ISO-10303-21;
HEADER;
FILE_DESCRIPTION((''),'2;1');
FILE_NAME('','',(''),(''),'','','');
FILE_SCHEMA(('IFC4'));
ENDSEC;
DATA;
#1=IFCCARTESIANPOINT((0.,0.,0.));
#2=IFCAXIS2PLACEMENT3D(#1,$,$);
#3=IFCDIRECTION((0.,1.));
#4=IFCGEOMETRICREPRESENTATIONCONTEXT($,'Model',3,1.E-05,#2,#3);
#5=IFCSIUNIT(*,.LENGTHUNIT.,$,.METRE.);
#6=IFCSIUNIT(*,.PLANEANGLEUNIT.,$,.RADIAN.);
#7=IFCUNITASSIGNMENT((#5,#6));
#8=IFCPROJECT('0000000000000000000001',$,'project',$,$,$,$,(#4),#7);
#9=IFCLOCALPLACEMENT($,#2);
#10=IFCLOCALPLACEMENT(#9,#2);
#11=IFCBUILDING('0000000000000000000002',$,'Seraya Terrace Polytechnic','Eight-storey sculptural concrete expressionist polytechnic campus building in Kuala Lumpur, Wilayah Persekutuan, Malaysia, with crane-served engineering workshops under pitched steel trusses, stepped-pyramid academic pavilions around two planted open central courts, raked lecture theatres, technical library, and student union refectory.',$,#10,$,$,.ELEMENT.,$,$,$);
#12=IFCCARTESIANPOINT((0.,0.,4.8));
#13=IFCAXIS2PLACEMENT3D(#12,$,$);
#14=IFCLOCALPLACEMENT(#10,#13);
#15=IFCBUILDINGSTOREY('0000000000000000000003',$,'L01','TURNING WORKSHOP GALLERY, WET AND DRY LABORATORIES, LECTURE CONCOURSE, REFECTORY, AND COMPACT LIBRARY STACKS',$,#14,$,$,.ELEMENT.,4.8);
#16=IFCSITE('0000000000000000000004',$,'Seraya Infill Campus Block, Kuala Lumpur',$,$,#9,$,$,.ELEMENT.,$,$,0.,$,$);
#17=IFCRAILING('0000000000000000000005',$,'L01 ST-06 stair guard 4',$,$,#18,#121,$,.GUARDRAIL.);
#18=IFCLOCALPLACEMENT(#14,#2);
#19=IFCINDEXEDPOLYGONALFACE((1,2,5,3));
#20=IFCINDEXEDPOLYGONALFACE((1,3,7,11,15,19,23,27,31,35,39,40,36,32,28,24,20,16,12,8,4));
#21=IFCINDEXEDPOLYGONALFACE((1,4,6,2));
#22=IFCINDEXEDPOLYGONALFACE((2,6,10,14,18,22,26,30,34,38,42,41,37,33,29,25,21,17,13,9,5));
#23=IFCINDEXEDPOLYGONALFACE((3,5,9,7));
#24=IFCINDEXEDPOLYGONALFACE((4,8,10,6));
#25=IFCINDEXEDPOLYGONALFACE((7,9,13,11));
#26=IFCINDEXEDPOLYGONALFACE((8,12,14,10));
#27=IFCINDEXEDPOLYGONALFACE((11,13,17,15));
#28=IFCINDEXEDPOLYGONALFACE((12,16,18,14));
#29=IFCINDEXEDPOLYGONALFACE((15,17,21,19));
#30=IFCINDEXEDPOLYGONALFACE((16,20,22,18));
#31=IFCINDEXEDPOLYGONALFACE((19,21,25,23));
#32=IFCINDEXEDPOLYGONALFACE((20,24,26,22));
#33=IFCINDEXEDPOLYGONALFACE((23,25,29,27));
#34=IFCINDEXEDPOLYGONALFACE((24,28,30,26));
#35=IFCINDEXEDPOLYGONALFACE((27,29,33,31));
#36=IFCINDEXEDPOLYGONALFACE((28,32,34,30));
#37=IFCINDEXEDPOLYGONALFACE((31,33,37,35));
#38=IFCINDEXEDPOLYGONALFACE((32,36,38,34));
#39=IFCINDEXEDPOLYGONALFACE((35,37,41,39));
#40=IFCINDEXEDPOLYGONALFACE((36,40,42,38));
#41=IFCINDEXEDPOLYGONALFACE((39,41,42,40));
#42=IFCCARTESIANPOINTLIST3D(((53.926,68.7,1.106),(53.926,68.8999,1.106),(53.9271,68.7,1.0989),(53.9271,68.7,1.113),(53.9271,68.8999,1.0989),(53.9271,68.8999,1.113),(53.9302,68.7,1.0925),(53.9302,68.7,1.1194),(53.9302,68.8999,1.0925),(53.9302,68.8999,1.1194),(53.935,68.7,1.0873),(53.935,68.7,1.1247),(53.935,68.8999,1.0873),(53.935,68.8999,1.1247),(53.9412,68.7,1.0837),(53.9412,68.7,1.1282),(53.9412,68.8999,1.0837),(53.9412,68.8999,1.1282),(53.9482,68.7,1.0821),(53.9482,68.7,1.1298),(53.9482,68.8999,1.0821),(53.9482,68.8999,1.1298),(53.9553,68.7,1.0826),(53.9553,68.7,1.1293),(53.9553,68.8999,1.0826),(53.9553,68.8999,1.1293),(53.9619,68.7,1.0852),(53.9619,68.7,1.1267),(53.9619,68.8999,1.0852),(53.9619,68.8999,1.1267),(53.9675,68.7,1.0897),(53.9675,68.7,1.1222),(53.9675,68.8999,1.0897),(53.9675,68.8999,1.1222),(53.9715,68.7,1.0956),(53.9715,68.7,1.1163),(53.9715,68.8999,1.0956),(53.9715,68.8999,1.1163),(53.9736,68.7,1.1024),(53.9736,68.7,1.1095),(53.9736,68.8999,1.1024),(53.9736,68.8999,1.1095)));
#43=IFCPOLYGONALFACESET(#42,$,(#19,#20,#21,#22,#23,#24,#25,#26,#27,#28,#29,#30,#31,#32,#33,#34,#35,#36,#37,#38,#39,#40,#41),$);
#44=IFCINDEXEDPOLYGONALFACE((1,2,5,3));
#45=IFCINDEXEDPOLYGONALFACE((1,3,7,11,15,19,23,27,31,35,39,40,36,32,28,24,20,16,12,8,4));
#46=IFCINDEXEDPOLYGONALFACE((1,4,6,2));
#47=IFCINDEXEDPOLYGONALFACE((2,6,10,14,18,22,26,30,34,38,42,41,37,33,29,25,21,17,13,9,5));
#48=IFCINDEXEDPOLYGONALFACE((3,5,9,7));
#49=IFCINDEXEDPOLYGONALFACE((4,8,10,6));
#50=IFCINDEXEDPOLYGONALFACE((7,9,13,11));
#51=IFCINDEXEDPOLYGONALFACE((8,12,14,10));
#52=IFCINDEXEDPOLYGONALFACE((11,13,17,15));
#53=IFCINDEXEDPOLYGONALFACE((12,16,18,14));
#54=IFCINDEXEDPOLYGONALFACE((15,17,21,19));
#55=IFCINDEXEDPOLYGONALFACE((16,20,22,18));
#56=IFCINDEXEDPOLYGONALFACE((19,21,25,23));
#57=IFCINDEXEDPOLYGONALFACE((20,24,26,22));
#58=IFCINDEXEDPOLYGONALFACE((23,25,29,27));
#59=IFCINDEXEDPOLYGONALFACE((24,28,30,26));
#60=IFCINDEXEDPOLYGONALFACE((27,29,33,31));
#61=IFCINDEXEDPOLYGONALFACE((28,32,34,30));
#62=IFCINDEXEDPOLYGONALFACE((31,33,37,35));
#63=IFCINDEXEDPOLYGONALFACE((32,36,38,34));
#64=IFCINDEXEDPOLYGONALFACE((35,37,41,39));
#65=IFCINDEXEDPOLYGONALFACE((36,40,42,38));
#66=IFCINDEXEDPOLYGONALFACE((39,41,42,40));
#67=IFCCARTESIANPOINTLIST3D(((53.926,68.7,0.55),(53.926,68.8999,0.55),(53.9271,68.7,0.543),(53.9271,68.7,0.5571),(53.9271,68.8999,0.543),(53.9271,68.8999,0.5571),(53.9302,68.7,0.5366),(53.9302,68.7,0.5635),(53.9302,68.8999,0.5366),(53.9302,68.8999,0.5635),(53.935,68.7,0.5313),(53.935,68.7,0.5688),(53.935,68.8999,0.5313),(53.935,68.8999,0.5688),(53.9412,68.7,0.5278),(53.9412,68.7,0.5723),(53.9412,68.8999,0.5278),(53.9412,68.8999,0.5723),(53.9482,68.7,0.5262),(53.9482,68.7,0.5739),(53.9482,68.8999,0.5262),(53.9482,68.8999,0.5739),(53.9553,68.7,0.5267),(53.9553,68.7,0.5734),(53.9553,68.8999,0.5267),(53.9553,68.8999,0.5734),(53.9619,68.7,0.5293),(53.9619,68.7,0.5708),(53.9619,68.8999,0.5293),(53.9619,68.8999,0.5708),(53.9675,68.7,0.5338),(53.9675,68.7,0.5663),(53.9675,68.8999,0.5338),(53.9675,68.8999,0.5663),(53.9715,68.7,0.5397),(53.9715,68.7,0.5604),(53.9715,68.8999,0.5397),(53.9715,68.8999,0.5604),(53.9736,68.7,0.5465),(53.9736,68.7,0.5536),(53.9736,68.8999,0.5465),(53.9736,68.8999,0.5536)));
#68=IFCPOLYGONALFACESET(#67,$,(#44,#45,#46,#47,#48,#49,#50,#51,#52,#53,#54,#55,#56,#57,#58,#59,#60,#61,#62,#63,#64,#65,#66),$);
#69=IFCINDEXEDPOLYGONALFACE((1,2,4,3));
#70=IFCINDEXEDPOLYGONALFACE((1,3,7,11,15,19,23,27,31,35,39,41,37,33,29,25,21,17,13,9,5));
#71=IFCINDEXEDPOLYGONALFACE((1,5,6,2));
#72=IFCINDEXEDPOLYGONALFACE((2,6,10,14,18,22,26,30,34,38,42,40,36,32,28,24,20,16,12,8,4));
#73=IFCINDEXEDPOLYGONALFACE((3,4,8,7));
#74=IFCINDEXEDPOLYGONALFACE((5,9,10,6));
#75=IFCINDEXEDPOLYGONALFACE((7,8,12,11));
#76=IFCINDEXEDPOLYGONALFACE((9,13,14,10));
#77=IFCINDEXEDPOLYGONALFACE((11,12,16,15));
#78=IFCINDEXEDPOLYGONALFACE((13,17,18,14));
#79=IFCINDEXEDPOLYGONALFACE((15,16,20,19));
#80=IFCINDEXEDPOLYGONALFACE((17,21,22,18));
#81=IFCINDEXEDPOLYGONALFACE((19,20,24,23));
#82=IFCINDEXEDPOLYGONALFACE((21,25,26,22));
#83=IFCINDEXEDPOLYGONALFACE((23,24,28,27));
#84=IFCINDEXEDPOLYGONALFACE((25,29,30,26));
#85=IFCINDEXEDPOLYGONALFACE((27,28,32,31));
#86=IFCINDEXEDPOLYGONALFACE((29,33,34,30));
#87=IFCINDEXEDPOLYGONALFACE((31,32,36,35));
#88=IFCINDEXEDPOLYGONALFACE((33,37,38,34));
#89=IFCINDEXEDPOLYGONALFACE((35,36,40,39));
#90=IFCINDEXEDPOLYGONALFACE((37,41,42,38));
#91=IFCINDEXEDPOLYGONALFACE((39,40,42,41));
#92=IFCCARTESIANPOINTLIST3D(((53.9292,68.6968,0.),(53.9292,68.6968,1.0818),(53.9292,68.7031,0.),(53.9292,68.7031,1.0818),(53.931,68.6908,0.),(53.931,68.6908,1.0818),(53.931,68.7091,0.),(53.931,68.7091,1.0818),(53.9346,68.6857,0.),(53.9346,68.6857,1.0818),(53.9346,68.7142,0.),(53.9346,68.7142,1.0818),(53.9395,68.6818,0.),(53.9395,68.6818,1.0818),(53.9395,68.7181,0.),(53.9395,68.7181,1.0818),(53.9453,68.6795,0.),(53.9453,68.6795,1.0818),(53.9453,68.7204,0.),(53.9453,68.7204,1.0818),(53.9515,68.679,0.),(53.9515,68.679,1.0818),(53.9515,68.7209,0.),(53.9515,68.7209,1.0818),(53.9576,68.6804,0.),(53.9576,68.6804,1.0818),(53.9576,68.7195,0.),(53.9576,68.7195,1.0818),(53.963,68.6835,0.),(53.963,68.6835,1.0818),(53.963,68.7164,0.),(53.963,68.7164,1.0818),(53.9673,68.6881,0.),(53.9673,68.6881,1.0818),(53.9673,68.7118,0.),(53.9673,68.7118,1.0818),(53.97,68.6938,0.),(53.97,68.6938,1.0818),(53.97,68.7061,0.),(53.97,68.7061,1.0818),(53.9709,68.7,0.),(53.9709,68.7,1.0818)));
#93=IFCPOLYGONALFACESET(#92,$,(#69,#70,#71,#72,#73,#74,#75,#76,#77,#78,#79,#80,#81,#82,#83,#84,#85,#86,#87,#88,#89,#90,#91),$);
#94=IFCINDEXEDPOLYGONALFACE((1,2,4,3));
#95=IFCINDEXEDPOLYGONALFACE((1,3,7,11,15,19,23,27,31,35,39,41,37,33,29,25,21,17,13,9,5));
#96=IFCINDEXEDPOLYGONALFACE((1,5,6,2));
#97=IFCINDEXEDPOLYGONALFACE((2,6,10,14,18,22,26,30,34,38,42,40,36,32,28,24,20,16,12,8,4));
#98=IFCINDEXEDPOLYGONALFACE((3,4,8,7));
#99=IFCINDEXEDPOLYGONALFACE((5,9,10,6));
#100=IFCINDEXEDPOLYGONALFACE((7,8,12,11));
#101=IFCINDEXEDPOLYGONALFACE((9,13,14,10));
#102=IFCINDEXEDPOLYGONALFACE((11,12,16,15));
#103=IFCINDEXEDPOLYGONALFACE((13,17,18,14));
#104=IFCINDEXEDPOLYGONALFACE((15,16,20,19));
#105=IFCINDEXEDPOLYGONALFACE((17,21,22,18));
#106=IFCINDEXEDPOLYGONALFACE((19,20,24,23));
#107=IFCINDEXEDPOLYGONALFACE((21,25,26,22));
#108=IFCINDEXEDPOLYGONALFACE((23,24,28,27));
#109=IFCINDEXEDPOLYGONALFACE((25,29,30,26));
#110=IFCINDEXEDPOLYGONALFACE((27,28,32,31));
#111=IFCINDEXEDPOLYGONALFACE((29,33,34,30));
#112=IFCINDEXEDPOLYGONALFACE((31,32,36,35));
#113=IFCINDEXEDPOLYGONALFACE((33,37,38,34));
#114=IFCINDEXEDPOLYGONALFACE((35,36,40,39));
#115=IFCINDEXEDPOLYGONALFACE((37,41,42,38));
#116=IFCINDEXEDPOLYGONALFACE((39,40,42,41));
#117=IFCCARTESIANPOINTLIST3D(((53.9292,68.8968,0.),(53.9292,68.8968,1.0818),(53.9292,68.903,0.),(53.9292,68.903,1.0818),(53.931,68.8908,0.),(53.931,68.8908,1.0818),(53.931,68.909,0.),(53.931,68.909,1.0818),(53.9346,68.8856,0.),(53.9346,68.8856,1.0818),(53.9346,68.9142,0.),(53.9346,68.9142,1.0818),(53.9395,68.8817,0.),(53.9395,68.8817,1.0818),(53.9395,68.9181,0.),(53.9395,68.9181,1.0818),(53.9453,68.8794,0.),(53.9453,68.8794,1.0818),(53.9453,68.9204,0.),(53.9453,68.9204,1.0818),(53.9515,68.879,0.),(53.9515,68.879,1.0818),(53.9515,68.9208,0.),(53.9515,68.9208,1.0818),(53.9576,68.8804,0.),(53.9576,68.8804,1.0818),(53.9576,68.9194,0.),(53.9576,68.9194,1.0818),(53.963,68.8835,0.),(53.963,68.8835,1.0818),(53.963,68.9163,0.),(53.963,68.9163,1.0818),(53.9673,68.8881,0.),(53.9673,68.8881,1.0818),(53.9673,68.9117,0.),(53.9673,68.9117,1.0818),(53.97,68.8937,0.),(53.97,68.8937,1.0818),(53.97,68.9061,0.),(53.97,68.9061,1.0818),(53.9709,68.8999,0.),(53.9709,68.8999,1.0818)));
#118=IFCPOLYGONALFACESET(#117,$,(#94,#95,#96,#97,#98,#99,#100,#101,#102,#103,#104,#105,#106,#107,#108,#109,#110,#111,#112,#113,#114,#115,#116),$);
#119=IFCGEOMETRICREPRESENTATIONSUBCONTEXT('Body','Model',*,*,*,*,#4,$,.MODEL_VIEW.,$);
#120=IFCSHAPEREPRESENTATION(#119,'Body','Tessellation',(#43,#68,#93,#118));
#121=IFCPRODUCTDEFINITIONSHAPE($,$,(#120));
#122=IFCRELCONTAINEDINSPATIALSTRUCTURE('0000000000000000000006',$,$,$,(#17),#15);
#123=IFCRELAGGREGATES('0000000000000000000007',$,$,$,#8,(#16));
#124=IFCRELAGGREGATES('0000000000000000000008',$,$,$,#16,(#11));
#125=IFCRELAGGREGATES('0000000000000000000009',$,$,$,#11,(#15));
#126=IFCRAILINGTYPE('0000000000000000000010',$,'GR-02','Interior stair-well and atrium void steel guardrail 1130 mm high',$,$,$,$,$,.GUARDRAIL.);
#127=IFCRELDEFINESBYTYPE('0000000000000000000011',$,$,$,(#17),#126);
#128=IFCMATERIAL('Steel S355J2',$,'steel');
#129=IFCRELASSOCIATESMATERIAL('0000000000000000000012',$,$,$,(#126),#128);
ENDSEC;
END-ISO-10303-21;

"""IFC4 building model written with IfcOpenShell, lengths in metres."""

from ifc_helpers import new_model, si_unit, direction, frame, origin, origin_2d, place, context, subcontext, project, spatial, circle, extrude, material, type_object, element, save


model = new_model("IFC4")

# Units and contexts
model_context = context("Model", 3, precision=1e-05, world=origin(), true_north=direction((0.0, 1.0)))
body_context = subcontext(model_context, "Body", "Model", "MODEL_VIEW")
ifc_project = project(units=[si_unit("LENGTHUNIT", "METRE"), si_unit("PLANEANGLEUNIT", "RADIAN")], contexts=[model_context])

# Site, building, storey
site_placement = place(None, origin())
site = spatial("IfcSite", under=ifc_project, at=site_placement, Name="Seraya Infill Campus Block, Kuala Lumpur", CompositionType="ELEMENT", RefElevation=0.0)
building_placement = place(site_placement, origin())
building = spatial("IfcBuilding", under=site, at=building_placement, Name="Seraya Terrace Polytechnic", Description="Eight-storey sculptural concrete expressionist polytechnic campus building in Kuala Lumpur, Wilayah Persekutuan, Malaysia, with crane-served engineering workshops under pitched steel trusses, stepped-pyramid academic pavilions around two planted open central courts, raked lecture theatres, technical library, and student union refectory.", CompositionType="ELEMENT")
storey_placement = place(building_placement, frame((0.0, 0.0, 4.8)))
storey = spatial("IfcBuildingStorey", under=building, at=storey_placement, Name="L01", Description="TURNING WORKSHOP GALLERY, WET AND DRY LABORATORIES, LECTURE CONCOURSE, REFECTORY, AND COMPACT LIBRARY STACKS", CompositionType="ELEMENT", Elevation=4.8)

# Shared definitions
ifc_material_1 = material(Name="Steel S355J2", Category="steel")

# Railing
railing_type_1 = type_object("IfcRailingType", Name="GR-02", Description="Interior stair-well and atrium void steel guardrail 1130 mm high", PredefinedType="GUARDRAIL", material=ifc_material_1)
railing_1_placement = place(storey_placement, frame((53.95, 68.7, 0.0)))
element("IfcRailing", 1, at=railing_1_placement, inside=storey, type_object=railing_type_1, Name="L01 ST-06 stair guard 4", PredefinedType="GUARDRAIL", context=body_context, shape_type="SweptSolid", body=[
    extrude(circle(Radius=0.0239, at=origin_2d()), frame((0.0, 0.0, 1.106), z_axis=(0.0, 1.0, 0.0), x_axis=(-1.0, 0.0, 0.0)), (0.0, 0.0, 1.0), 0.2),
    extrude(circle(Radius=0.0239, at=origin_2d()), frame((0.0, 0.0, 0.55), z_axis=(0.0, 1.0, 0.0), x_axis=(-1.0, 0.0, 0.0)), (0.0, 0.0, 1.0), 0.2),
    extrude(circle(Radius=0.021, at=origin_2d()), origin(), (0.0, 0.0, 1.0), 1.0818),
    extrude(circle(Radius=0.021, at=origin_2d()), frame((0.0, 0.2, 0.0)), (0.0, 0.0, 1.0), 1.0818),
])

save(model, "model.ifc")
